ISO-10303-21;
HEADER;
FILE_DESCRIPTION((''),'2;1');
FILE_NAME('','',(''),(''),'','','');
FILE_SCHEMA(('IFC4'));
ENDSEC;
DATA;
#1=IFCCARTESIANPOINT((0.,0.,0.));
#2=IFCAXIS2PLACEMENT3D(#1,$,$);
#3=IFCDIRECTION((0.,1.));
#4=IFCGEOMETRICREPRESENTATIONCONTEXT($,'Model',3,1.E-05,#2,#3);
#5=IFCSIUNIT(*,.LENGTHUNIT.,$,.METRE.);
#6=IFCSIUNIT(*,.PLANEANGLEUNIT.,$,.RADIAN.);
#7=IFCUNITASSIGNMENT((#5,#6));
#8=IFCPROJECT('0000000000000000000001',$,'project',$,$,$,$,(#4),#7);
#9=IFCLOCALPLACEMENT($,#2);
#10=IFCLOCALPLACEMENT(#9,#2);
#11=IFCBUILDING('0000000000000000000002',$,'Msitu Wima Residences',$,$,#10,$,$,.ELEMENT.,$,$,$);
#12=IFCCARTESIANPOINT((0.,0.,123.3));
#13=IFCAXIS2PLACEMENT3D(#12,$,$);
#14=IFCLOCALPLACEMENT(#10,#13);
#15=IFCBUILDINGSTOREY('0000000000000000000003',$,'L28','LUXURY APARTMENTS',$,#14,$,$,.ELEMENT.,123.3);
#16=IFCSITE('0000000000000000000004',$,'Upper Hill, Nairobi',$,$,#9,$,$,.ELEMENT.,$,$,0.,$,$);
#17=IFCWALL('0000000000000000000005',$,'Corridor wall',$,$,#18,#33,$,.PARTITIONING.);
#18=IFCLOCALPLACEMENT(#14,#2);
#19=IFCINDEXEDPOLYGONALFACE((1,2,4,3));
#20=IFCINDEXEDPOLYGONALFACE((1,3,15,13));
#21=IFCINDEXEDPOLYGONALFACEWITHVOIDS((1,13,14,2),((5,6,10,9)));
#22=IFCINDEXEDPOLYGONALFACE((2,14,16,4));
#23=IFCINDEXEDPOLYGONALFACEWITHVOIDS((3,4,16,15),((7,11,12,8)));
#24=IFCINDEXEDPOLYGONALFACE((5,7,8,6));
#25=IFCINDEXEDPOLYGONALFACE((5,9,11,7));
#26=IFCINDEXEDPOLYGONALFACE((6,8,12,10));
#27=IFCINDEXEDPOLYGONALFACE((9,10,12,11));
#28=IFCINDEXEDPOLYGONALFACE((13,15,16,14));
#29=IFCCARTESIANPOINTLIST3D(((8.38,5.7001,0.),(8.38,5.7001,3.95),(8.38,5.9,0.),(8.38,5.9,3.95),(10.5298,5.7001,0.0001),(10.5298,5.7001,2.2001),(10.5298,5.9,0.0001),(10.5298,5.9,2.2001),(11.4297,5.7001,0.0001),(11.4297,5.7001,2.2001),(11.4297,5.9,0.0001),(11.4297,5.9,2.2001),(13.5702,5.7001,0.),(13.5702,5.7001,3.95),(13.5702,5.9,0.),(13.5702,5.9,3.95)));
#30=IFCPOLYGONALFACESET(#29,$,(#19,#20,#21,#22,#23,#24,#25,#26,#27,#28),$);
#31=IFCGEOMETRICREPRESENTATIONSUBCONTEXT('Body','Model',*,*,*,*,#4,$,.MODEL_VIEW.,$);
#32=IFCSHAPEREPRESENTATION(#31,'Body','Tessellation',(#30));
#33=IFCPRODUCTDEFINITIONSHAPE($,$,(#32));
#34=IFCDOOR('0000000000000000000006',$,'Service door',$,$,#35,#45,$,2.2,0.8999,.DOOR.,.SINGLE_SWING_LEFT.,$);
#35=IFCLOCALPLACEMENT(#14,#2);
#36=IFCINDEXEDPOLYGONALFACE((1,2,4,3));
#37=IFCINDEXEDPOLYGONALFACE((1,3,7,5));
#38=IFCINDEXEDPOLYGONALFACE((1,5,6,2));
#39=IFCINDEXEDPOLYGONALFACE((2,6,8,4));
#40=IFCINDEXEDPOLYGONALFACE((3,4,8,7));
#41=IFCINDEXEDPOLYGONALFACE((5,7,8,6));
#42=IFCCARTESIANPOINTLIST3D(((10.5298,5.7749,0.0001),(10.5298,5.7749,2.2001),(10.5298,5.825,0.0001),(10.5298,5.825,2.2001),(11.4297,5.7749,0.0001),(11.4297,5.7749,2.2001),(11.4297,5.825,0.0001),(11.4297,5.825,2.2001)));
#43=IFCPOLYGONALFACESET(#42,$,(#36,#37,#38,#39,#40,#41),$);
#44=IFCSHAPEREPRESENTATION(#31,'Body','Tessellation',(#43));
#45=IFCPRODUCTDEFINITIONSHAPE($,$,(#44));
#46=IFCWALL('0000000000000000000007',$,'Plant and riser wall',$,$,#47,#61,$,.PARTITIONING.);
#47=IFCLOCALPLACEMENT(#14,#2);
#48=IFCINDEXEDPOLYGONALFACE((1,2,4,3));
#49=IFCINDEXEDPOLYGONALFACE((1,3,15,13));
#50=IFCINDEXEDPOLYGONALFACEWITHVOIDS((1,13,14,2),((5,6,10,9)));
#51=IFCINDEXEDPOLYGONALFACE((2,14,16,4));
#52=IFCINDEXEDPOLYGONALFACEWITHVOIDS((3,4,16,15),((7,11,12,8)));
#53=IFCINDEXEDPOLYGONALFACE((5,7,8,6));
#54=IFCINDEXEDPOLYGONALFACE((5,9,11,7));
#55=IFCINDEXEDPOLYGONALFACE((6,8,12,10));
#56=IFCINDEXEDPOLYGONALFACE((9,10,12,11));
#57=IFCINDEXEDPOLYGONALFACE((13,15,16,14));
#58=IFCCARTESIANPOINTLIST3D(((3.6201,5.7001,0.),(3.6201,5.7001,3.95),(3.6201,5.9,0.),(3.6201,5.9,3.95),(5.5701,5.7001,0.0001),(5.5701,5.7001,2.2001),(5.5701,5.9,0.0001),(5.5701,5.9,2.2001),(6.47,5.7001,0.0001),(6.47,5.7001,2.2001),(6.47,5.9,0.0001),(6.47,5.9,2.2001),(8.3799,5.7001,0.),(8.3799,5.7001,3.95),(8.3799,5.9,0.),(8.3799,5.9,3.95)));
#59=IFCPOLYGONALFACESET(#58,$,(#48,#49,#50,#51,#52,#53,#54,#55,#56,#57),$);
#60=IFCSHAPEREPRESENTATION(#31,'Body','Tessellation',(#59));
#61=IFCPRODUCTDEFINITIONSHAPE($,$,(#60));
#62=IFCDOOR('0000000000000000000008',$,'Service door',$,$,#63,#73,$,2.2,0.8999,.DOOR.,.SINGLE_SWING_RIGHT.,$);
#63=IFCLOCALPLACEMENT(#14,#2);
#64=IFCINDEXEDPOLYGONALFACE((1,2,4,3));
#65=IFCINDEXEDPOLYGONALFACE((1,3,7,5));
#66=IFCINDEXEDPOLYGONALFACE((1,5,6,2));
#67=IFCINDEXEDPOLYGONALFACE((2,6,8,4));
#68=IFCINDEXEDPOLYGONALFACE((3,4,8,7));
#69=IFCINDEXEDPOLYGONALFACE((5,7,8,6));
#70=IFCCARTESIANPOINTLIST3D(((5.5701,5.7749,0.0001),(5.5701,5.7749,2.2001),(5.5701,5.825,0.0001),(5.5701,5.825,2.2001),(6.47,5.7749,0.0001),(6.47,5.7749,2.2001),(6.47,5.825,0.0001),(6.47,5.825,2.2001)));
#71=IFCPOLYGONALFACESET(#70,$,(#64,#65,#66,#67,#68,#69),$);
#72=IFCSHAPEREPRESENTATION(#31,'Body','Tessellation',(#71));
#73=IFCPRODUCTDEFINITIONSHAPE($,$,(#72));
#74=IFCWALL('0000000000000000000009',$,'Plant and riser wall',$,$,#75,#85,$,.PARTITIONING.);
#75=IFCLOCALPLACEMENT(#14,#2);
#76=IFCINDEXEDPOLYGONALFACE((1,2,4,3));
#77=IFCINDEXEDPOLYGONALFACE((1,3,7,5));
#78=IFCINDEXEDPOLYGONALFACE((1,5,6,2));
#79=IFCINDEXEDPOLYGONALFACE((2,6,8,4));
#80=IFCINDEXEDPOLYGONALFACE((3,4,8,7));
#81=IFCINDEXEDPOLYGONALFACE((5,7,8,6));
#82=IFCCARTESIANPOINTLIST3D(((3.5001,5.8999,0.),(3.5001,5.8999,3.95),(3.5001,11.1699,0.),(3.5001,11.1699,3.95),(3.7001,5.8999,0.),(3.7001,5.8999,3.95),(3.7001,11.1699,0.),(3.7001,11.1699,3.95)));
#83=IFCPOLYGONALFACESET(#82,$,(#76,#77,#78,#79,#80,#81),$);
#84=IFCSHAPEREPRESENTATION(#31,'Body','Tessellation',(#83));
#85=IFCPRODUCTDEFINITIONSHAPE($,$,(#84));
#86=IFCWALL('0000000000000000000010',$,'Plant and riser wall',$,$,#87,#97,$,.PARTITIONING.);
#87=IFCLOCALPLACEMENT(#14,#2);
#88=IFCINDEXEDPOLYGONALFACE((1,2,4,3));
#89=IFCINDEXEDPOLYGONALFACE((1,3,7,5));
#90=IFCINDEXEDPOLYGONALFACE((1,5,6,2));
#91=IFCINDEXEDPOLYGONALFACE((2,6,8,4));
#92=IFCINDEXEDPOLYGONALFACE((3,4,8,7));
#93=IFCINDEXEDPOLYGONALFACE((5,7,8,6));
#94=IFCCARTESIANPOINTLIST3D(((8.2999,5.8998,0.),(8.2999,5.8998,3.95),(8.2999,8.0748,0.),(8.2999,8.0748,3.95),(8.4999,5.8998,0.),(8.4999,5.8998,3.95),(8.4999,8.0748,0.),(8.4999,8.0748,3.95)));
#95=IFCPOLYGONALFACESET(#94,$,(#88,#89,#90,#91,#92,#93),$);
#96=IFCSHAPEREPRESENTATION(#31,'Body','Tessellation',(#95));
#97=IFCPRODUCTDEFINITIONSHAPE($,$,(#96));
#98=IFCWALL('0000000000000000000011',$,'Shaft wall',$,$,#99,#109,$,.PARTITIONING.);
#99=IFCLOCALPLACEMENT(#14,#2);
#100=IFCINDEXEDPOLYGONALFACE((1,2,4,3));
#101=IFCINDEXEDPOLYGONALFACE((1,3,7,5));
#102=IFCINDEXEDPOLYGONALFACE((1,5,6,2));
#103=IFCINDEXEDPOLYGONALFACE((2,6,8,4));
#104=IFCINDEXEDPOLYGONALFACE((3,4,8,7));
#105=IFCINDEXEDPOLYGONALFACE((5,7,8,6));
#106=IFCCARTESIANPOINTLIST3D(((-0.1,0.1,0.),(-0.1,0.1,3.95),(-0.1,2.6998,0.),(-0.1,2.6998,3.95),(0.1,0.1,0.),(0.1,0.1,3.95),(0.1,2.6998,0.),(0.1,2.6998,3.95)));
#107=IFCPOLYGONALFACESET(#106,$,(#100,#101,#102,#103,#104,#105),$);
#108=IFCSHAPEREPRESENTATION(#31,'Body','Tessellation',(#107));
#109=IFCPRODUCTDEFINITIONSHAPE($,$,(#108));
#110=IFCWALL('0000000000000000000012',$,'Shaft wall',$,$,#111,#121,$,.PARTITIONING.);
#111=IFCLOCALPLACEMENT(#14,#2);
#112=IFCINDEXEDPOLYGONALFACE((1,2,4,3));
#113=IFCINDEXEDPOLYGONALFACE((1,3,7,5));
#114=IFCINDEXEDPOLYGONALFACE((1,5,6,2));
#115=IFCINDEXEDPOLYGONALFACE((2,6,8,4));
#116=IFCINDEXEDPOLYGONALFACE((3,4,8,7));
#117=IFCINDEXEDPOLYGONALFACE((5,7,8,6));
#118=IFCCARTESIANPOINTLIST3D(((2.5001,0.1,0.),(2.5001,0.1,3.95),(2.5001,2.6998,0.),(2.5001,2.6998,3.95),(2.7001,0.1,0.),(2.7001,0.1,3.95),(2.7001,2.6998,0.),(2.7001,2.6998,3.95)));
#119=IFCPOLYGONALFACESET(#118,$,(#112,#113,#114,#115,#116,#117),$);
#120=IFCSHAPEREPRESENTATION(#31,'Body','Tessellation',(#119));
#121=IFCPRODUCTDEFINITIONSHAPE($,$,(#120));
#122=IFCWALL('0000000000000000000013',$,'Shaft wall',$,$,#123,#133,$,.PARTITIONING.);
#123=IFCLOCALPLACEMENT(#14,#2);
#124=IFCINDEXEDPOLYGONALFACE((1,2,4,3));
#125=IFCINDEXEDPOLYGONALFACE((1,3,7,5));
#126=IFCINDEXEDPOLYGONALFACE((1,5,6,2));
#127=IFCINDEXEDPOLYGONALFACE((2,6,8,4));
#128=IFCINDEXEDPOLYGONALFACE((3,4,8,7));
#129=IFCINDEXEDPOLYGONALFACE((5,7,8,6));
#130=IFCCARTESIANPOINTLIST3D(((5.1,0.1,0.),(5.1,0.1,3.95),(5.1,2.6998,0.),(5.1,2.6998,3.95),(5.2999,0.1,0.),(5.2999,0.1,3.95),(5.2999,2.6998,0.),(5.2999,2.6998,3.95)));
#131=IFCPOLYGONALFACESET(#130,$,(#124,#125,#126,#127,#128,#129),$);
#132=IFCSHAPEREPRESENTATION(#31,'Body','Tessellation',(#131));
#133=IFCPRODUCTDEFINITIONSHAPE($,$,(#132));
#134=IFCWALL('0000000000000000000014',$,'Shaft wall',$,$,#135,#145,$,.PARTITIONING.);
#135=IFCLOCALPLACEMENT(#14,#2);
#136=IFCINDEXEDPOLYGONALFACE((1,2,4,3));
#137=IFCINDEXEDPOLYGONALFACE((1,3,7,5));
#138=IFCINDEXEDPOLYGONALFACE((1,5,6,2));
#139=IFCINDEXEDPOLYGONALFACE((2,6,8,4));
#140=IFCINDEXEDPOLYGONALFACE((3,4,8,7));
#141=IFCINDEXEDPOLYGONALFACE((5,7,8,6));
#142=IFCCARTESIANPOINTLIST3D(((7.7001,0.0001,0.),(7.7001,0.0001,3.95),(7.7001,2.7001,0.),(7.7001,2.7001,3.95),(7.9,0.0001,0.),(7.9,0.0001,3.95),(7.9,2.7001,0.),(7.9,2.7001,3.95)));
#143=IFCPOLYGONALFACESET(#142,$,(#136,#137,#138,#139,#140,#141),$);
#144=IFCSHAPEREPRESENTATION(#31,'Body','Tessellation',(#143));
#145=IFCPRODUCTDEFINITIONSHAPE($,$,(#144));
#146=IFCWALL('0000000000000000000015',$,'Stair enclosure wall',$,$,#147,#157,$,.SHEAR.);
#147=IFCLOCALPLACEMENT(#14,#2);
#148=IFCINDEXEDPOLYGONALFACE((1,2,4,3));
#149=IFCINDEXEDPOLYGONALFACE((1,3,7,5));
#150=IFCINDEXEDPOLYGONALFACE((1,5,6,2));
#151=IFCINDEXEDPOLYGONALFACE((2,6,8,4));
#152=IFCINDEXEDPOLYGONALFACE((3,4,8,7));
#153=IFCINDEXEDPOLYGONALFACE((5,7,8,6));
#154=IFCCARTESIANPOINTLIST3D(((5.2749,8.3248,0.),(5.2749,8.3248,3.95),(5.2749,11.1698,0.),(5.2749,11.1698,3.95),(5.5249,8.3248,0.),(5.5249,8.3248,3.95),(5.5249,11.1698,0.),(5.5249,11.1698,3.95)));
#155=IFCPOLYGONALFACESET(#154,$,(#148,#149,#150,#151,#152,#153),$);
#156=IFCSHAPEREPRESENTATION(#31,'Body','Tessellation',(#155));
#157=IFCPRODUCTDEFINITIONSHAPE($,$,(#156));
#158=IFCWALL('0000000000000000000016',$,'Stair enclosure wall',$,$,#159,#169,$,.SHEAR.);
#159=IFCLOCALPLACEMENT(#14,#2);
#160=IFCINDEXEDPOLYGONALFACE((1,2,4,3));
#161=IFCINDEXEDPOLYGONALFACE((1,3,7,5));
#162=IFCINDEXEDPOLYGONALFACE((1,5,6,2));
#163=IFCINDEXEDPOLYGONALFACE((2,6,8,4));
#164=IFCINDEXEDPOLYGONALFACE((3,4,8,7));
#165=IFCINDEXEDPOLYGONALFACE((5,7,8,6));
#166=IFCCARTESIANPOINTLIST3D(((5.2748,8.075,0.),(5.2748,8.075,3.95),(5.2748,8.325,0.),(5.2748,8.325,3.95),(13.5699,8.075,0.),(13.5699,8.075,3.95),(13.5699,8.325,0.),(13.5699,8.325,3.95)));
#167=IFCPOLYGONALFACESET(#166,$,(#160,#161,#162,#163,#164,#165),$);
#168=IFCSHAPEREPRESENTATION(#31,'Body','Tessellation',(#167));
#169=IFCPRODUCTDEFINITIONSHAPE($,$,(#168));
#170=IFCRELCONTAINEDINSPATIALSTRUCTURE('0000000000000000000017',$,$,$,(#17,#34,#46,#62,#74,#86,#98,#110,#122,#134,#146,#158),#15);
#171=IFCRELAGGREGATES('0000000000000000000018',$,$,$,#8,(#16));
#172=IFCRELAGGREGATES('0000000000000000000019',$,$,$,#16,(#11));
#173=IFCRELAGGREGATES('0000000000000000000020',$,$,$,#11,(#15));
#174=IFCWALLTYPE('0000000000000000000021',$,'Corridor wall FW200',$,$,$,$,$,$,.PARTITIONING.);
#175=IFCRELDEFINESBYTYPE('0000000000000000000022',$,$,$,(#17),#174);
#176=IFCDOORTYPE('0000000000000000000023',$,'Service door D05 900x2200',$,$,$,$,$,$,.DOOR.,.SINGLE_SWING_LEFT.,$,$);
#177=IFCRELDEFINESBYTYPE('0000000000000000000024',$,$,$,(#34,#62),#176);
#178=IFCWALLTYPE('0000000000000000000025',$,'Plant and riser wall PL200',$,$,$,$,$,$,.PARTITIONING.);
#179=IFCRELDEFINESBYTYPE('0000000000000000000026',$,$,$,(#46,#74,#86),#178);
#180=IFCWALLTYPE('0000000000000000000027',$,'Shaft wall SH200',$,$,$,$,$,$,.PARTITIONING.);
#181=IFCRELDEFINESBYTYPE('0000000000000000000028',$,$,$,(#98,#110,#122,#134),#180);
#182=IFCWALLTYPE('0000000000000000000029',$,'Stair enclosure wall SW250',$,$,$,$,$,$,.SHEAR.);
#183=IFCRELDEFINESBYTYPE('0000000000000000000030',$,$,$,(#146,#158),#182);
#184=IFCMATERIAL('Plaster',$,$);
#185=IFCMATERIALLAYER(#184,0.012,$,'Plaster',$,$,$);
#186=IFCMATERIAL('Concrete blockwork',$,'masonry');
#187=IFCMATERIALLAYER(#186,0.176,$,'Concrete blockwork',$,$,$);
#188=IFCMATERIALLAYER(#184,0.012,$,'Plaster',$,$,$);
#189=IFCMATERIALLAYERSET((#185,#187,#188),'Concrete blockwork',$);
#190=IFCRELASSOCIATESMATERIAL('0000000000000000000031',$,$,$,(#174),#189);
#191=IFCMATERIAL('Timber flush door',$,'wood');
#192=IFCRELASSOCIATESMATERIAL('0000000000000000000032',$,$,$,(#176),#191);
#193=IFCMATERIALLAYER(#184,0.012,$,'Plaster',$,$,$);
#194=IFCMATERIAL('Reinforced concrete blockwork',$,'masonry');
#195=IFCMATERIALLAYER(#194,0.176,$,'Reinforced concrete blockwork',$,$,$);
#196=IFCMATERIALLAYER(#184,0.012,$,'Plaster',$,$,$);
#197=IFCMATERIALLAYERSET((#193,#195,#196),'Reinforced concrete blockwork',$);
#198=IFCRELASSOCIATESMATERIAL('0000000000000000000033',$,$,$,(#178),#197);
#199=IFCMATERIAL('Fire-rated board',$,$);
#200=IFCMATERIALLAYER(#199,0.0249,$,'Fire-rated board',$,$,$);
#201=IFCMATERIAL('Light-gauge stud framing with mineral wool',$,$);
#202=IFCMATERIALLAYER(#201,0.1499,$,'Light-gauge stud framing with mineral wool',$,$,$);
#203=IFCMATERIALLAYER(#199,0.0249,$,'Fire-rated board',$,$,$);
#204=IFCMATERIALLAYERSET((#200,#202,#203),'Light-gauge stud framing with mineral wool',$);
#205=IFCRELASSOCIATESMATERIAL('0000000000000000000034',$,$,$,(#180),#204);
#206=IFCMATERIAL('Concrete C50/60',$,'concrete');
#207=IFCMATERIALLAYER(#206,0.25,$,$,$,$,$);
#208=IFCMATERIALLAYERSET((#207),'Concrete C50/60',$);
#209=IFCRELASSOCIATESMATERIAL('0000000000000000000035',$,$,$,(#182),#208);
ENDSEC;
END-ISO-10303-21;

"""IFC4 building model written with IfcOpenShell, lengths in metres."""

from ifc_helpers import new_model, si_unit, direction, frame, frame_2d, origin, place, context, subcontext, project, spatial, rectangle, extrude, material, layer, layer_set, type_object, element, fill, save


model = new_model("IFC4")

# Units and contexts
model_context = context("Model", 3, precision=1e-05, world=origin(), true_north=direction((0.0, 1.0)))
body_context = subcontext(model_context, "Body", "Model", "MODEL_VIEW")
ifc_project = project(units=[si_unit("LENGTHUNIT", "METRE"), si_unit("PLANEANGLEUNIT", "RADIAN")], contexts=[model_context])

# Site, building, storey
site_placement = place(None, origin())
site = spatial("IfcSite", under=ifc_project, at=site_placement, Name="Upper Hill, Nairobi", CompositionType="ELEMENT", RefElevation=0.0)
building_placement = place(site_placement, origin())
building = spatial("IfcBuilding", under=site, at=building_placement, Name="Msitu Wima Residences", CompositionType="ELEMENT")
storey_placement = place(building_placement, frame((0.0, 0.0, 123.3)))
storey = spatial("IfcBuildingStorey", under=building, at=storey_placement, Name="L28", Description="LUXURY APARTMENTS", CompositionType="ELEMENT", Elevation=123.3)

# Walls, openings, doors
ifc_material_1 = material(Name="Plaster")
ifc_layer_1 = layer(ifc_material_1, 0.012, Name="Plaster")
ifc_material_2 = material(Name="Concrete blockwork", Category="masonry")
ifc_layer_2 = layer(ifc_material_2, 0.176, Name="Concrete blockwork")
ifc_layer_3 = layer(ifc_material_1, 0.012, Name="Plaster")
ifc_layer_set_1 = layer_set([ifc_layer_1, ifc_layer_2, ifc_layer_3], Name="Concrete blockwork")
wall_type_1 = type_object("IfcWallType", Name="Corridor wall FW200", PredefinedType="PARTITIONING", material=ifc_layer_set_1)
wall_1_placement = place(storey_placement, frame((8.3799, 5.8, 0.0), z_axis=(0.0, 0.0, 1.0), x_axis=(1.0, 0.0, 0.0)))
wall_1 = element("IfcWall", 1, at=wall_1_placement, inside=storey, type_object=wall_type_1, Name="Corridor wall", PredefinedType="PARTITIONING", context=body_context, shape_type="SweptSolid", body=[
    extrude(rectangle(XDim=5.1902, YDim=0.2, at=frame_2d((2.5952, 0.0))), origin(), (0.0, 0.0, 1.0), 3.95),
])
opening_1_placement = place(wall_1_placement, frame((2.1499, 0.0, 0.0)))
opening_1 = element("IfcOpeningElement", 2, at=opening_1_placement, cuts=wall_1, PredefinedType="OPENING", context=body_context, shape_type="SweptSolid", body=[
    extrude(rectangle(XDim=0.8999, YDim=2.2, at=frame_2d((0.45, 1.1001))), frame((0.0, 0.1099, 0.0), z_axis=(0.0, -1.0, 0.0), x_axis=(1.0, 0.0, 0.0)), (0.0, 0.0, 1.0), 0.22),
])
ifc_material_3 = material(Name="Timber flush door", Category="wood")
door_type = type_object("IfcDoorType", Name="Service door D05 900x2200", OperationType="SINGLE_SWING_LEFT", PredefinedType="DOOR", material=ifc_material_3)
door_1_placement = place(opening_1_placement, origin())
door_1 = element("IfcDoor", 3, at=door_1_placement, inside=storey, type_object=door_type, Name="Service door", OperationType="SINGLE_SWING_LEFT", OverallHeight=2.2, OverallWidth=0.8999, PredefinedType="DOOR", context=body_context, shape_type="SweptSolid", body=[
    extrude(rectangle(XDim=0.8999, YDim=2.2, at=frame_2d((0.45, 1.1001))), frame((0.0, 0.0249, 0.0), z_axis=(0.0, -1.0, 0.0), x_axis=(1.0, 0.0, 0.0)), (0.0, 0.0, 1.0), 0.05),
])
fill(opening_1, door_1)
ifc_layer_4 = layer(ifc_material_1, 0.012, Name="Plaster")
ifc_material_4 = material(Name="Reinforced concrete blockwork", Category="masonry")
ifc_layer_5 = layer(ifc_material_4, 0.176, Name="Reinforced concrete blockwork")
ifc_layer_6 = layer(ifc_material_1, 0.012, Name="Plaster")
ifc_layer_set_2 = layer_set([ifc_layer_4, ifc_layer_5, ifc_layer_6], Name="Reinforced concrete blockwork")
wall_type_2 = type_object("IfcWallType", Name="Plant and riser wall PL200", PredefinedType="PARTITIONING", material=ifc_layer_set_2)
wall_2_placement = place(storey_placement, frame((3.6201, 5.8, 0.0), z_axis=(0.0, 0.0, 1.0), x_axis=(1.0, 0.0, 0.0)))
wall_2 = element("IfcWall", 4, at=wall_2_placement, inside=storey, type_object=wall_type_2, Name="Plant and riser wall", PredefinedType="PARTITIONING", context=body_context, shape_type="SweptSolid", body=[
    extrude(rectangle(XDim=4.7598, YDim=0.2, at=frame_2d((2.3799, 0.0))), origin(), (0.0, 0.0, 1.0), 3.95),
])
opening_2_placement = place(wall_2_placement, frame((1.95, 0.0, 0.0)))
opening_2 = element("IfcOpeningElement", 5, at=opening_2_placement, cuts=wall_2, PredefinedType="OPENING", context=body_context, shape_type="SweptSolid", body=[
    extrude(rectangle(XDim=0.8999, YDim=2.2, at=frame_2d((0.45, 1.1001))), frame((0.0, 0.1099, 0.0), z_axis=(0.0, -1.0, 0.0), x_axis=(1.0, 0.0, 0.0)), (0.0, 0.0, 1.0), 0.22),
])
door_2_placement = place(opening_2_placement, origin())
door_2 = element("IfcDoor", 6, at=door_2_placement, inside=storey, type_object=door_type, Name="Service door", OperationType="SINGLE_SWING_RIGHT", OverallHeight=2.2, OverallWidth=0.8999, PredefinedType="DOOR", context=body_context, shape_type="SweptSolid", body=[
    extrude(rectangle(XDim=0.8999, YDim=2.2, at=frame_2d((0.45, 1.1001))), frame((0.0, 0.0249, 0.0), z_axis=(0.0, -1.0, 0.0), x_axis=(1.0, 0.0, 0.0)), (0.0, 0.0, 1.0), 0.05),
])
fill(opening_2, door_2)

# Walls
wall_3_placement = place(storey_placement, frame((3.6001, 5.8999, 0.0), z_axis=(0.0, 0.0, 1.0), x_axis=(0.0, 1.0, 0.0)))
element("IfcWall", 7, at=wall_3_placement, inside=storey, type_object=wall_type_2, Name="Plant and riser wall", PredefinedType="PARTITIONING", context=body_context, shape_type="SweptSolid", body=[
    extrude(rectangle(XDim=5.27, YDim=0.2, at=frame_2d((2.635, 0.0))), origin(), (0.0, 0.0, 1.0), 3.95),
])
wall_4_placement = place(storey_placement, frame((8.3999, 5.8999, 0.0), z_axis=(0.0, 0.0, 1.0), x_axis=(0.0, 1.0, 0.0)))
element("IfcWall", 8, at=wall_4_placement, inside=storey, type_object=wall_type_2, Name="Plant and riser wall", PredefinedType="PARTITIONING", context=body_context, shape_type="SweptSolid", body=[
    extrude(rectangle(XDim=2.175, YDim=0.2, at=frame_2d((1.0874, 0.0))), origin(), (0.0, 0.0, 1.0), 3.95),
])
ifc_material_5 = material(Name="Fire-rated board")
ifc_layer_7 = layer(ifc_material_5, 0.0249, Name="Fire-rated board")
ifc_material_6 = material(Name="Light-gauge stud framing with mineral wool")
ifc_layer_8 = layer(ifc_material_6, 0.1499, Name="Light-gauge stud framing with mineral wool")
ifc_layer_9 = layer(ifc_material_5, 0.0249, Name="Fire-rated board")
ifc_layer_set_3 = layer_set([ifc_layer_7, ifc_layer_8, ifc_layer_9], Name="Light-gauge stud framing with mineral wool")
wall_type_3 = type_object("IfcWallType", Name="Shaft wall SH200", PredefinedType="PARTITIONING", material=ifc_layer_set_3)
for number, where, z_axis, x_axis, name in (
    (9, (0.0, 0.1001, 0.0), (0.0, 0.0, 1.0), (0.0, 1.0, 0.0), "Shaft wall"),
    (10, (2.6001, 0.1001, 0.0), (0.0, 0.0, 1.0), (0.0, 1.0, 0.0), "Shaft wall"),
    (11, (5.2, 0.1001, 0.0), (0.0, 0.0, 1.0), (0.0, 1.0, 0.0), "Shaft wall"),
):
    element("IfcWall", number, at=place(storey_placement, frame(where, z_axis=z_axis, x_axis=x_axis)), inside=storey, type_object=wall_type_3, Name=name, PredefinedType="PARTITIONING", context=body_context, shape_type="SweptSolid", body=[
        extrude(rectangle(XDim=2.5999, YDim=0.2, at=frame_2d((1.2998, 0.0))), origin(), (0.0, 0.0, 1.0), 3.95),
    ])
wall_5_placement = place(storey_placement, frame((7.8, 0.0, 0.0), z_axis=(0.0, 0.0, 1.0), x_axis=(0.0, 1.0, 0.0)))
element("IfcWall", 12, at=wall_5_placement, inside=storey, type_object=wall_type_3, Name="Shaft wall", PredefinedType="PARTITIONING", context=body_context, shape_type="SweptSolid", body=[
    extrude(rectangle(XDim=2.7, YDim=0.2, at=frame_2d((1.3501, 0.0))), origin(), (0.0, 0.0, 1.0), 3.95),
])
ifc_material_7 = material(Name="Concrete C50/60", Category="concrete")
ifc_layer_10 = layer(ifc_material_7, 0.25)
ifc_layer_set_4 = layer_set([ifc_layer_10], Name="Concrete C50/60")
wall_type_4 = type_object("IfcWallType", Name="Stair enclosure wall SW250", PredefinedType="SHEAR", material=ifc_layer_set_4)
wall_6_placement = place(storey_placement, frame((5.3999, 8.325, 0.0), z_axis=(0.0, 0.0, 1.0), x_axis=(0.0, 1.0, 0.0)))
element("IfcWall", 13, at=wall_6_placement, inside=storey, type_object=wall_type_4, Name="Stair enclosure wall", PredefinedType="SHEAR", context=body_context, shape_type="SweptSolid", body=[
    extrude(rectangle(XDim=2.845, YDim=0.25, at=frame_2d((1.4224, 0.0))), origin(), (0.0, 0.0, 1.0), 3.95),
])
wall_7_placement = place(storey_placement, frame((5.2749, 8.2, 0.0), z_axis=(0.0, 0.0, 1.0), x_axis=(1.0, 0.0, 0.0)))
element("IfcWall", 14, at=wall_7_placement, inside=storey, type_object=wall_type_4, Name="Stair enclosure wall", PredefinedType="SHEAR", context=body_context, shape_type="SweptSolid", body=[
    extrude(rectangle(XDim=8.2952, YDim=0.25, at=frame_2d((4.1475, 0.0))), origin(), (0.0, 0.0, 1.0), 3.95),
])

save(model, "model.ifc")
